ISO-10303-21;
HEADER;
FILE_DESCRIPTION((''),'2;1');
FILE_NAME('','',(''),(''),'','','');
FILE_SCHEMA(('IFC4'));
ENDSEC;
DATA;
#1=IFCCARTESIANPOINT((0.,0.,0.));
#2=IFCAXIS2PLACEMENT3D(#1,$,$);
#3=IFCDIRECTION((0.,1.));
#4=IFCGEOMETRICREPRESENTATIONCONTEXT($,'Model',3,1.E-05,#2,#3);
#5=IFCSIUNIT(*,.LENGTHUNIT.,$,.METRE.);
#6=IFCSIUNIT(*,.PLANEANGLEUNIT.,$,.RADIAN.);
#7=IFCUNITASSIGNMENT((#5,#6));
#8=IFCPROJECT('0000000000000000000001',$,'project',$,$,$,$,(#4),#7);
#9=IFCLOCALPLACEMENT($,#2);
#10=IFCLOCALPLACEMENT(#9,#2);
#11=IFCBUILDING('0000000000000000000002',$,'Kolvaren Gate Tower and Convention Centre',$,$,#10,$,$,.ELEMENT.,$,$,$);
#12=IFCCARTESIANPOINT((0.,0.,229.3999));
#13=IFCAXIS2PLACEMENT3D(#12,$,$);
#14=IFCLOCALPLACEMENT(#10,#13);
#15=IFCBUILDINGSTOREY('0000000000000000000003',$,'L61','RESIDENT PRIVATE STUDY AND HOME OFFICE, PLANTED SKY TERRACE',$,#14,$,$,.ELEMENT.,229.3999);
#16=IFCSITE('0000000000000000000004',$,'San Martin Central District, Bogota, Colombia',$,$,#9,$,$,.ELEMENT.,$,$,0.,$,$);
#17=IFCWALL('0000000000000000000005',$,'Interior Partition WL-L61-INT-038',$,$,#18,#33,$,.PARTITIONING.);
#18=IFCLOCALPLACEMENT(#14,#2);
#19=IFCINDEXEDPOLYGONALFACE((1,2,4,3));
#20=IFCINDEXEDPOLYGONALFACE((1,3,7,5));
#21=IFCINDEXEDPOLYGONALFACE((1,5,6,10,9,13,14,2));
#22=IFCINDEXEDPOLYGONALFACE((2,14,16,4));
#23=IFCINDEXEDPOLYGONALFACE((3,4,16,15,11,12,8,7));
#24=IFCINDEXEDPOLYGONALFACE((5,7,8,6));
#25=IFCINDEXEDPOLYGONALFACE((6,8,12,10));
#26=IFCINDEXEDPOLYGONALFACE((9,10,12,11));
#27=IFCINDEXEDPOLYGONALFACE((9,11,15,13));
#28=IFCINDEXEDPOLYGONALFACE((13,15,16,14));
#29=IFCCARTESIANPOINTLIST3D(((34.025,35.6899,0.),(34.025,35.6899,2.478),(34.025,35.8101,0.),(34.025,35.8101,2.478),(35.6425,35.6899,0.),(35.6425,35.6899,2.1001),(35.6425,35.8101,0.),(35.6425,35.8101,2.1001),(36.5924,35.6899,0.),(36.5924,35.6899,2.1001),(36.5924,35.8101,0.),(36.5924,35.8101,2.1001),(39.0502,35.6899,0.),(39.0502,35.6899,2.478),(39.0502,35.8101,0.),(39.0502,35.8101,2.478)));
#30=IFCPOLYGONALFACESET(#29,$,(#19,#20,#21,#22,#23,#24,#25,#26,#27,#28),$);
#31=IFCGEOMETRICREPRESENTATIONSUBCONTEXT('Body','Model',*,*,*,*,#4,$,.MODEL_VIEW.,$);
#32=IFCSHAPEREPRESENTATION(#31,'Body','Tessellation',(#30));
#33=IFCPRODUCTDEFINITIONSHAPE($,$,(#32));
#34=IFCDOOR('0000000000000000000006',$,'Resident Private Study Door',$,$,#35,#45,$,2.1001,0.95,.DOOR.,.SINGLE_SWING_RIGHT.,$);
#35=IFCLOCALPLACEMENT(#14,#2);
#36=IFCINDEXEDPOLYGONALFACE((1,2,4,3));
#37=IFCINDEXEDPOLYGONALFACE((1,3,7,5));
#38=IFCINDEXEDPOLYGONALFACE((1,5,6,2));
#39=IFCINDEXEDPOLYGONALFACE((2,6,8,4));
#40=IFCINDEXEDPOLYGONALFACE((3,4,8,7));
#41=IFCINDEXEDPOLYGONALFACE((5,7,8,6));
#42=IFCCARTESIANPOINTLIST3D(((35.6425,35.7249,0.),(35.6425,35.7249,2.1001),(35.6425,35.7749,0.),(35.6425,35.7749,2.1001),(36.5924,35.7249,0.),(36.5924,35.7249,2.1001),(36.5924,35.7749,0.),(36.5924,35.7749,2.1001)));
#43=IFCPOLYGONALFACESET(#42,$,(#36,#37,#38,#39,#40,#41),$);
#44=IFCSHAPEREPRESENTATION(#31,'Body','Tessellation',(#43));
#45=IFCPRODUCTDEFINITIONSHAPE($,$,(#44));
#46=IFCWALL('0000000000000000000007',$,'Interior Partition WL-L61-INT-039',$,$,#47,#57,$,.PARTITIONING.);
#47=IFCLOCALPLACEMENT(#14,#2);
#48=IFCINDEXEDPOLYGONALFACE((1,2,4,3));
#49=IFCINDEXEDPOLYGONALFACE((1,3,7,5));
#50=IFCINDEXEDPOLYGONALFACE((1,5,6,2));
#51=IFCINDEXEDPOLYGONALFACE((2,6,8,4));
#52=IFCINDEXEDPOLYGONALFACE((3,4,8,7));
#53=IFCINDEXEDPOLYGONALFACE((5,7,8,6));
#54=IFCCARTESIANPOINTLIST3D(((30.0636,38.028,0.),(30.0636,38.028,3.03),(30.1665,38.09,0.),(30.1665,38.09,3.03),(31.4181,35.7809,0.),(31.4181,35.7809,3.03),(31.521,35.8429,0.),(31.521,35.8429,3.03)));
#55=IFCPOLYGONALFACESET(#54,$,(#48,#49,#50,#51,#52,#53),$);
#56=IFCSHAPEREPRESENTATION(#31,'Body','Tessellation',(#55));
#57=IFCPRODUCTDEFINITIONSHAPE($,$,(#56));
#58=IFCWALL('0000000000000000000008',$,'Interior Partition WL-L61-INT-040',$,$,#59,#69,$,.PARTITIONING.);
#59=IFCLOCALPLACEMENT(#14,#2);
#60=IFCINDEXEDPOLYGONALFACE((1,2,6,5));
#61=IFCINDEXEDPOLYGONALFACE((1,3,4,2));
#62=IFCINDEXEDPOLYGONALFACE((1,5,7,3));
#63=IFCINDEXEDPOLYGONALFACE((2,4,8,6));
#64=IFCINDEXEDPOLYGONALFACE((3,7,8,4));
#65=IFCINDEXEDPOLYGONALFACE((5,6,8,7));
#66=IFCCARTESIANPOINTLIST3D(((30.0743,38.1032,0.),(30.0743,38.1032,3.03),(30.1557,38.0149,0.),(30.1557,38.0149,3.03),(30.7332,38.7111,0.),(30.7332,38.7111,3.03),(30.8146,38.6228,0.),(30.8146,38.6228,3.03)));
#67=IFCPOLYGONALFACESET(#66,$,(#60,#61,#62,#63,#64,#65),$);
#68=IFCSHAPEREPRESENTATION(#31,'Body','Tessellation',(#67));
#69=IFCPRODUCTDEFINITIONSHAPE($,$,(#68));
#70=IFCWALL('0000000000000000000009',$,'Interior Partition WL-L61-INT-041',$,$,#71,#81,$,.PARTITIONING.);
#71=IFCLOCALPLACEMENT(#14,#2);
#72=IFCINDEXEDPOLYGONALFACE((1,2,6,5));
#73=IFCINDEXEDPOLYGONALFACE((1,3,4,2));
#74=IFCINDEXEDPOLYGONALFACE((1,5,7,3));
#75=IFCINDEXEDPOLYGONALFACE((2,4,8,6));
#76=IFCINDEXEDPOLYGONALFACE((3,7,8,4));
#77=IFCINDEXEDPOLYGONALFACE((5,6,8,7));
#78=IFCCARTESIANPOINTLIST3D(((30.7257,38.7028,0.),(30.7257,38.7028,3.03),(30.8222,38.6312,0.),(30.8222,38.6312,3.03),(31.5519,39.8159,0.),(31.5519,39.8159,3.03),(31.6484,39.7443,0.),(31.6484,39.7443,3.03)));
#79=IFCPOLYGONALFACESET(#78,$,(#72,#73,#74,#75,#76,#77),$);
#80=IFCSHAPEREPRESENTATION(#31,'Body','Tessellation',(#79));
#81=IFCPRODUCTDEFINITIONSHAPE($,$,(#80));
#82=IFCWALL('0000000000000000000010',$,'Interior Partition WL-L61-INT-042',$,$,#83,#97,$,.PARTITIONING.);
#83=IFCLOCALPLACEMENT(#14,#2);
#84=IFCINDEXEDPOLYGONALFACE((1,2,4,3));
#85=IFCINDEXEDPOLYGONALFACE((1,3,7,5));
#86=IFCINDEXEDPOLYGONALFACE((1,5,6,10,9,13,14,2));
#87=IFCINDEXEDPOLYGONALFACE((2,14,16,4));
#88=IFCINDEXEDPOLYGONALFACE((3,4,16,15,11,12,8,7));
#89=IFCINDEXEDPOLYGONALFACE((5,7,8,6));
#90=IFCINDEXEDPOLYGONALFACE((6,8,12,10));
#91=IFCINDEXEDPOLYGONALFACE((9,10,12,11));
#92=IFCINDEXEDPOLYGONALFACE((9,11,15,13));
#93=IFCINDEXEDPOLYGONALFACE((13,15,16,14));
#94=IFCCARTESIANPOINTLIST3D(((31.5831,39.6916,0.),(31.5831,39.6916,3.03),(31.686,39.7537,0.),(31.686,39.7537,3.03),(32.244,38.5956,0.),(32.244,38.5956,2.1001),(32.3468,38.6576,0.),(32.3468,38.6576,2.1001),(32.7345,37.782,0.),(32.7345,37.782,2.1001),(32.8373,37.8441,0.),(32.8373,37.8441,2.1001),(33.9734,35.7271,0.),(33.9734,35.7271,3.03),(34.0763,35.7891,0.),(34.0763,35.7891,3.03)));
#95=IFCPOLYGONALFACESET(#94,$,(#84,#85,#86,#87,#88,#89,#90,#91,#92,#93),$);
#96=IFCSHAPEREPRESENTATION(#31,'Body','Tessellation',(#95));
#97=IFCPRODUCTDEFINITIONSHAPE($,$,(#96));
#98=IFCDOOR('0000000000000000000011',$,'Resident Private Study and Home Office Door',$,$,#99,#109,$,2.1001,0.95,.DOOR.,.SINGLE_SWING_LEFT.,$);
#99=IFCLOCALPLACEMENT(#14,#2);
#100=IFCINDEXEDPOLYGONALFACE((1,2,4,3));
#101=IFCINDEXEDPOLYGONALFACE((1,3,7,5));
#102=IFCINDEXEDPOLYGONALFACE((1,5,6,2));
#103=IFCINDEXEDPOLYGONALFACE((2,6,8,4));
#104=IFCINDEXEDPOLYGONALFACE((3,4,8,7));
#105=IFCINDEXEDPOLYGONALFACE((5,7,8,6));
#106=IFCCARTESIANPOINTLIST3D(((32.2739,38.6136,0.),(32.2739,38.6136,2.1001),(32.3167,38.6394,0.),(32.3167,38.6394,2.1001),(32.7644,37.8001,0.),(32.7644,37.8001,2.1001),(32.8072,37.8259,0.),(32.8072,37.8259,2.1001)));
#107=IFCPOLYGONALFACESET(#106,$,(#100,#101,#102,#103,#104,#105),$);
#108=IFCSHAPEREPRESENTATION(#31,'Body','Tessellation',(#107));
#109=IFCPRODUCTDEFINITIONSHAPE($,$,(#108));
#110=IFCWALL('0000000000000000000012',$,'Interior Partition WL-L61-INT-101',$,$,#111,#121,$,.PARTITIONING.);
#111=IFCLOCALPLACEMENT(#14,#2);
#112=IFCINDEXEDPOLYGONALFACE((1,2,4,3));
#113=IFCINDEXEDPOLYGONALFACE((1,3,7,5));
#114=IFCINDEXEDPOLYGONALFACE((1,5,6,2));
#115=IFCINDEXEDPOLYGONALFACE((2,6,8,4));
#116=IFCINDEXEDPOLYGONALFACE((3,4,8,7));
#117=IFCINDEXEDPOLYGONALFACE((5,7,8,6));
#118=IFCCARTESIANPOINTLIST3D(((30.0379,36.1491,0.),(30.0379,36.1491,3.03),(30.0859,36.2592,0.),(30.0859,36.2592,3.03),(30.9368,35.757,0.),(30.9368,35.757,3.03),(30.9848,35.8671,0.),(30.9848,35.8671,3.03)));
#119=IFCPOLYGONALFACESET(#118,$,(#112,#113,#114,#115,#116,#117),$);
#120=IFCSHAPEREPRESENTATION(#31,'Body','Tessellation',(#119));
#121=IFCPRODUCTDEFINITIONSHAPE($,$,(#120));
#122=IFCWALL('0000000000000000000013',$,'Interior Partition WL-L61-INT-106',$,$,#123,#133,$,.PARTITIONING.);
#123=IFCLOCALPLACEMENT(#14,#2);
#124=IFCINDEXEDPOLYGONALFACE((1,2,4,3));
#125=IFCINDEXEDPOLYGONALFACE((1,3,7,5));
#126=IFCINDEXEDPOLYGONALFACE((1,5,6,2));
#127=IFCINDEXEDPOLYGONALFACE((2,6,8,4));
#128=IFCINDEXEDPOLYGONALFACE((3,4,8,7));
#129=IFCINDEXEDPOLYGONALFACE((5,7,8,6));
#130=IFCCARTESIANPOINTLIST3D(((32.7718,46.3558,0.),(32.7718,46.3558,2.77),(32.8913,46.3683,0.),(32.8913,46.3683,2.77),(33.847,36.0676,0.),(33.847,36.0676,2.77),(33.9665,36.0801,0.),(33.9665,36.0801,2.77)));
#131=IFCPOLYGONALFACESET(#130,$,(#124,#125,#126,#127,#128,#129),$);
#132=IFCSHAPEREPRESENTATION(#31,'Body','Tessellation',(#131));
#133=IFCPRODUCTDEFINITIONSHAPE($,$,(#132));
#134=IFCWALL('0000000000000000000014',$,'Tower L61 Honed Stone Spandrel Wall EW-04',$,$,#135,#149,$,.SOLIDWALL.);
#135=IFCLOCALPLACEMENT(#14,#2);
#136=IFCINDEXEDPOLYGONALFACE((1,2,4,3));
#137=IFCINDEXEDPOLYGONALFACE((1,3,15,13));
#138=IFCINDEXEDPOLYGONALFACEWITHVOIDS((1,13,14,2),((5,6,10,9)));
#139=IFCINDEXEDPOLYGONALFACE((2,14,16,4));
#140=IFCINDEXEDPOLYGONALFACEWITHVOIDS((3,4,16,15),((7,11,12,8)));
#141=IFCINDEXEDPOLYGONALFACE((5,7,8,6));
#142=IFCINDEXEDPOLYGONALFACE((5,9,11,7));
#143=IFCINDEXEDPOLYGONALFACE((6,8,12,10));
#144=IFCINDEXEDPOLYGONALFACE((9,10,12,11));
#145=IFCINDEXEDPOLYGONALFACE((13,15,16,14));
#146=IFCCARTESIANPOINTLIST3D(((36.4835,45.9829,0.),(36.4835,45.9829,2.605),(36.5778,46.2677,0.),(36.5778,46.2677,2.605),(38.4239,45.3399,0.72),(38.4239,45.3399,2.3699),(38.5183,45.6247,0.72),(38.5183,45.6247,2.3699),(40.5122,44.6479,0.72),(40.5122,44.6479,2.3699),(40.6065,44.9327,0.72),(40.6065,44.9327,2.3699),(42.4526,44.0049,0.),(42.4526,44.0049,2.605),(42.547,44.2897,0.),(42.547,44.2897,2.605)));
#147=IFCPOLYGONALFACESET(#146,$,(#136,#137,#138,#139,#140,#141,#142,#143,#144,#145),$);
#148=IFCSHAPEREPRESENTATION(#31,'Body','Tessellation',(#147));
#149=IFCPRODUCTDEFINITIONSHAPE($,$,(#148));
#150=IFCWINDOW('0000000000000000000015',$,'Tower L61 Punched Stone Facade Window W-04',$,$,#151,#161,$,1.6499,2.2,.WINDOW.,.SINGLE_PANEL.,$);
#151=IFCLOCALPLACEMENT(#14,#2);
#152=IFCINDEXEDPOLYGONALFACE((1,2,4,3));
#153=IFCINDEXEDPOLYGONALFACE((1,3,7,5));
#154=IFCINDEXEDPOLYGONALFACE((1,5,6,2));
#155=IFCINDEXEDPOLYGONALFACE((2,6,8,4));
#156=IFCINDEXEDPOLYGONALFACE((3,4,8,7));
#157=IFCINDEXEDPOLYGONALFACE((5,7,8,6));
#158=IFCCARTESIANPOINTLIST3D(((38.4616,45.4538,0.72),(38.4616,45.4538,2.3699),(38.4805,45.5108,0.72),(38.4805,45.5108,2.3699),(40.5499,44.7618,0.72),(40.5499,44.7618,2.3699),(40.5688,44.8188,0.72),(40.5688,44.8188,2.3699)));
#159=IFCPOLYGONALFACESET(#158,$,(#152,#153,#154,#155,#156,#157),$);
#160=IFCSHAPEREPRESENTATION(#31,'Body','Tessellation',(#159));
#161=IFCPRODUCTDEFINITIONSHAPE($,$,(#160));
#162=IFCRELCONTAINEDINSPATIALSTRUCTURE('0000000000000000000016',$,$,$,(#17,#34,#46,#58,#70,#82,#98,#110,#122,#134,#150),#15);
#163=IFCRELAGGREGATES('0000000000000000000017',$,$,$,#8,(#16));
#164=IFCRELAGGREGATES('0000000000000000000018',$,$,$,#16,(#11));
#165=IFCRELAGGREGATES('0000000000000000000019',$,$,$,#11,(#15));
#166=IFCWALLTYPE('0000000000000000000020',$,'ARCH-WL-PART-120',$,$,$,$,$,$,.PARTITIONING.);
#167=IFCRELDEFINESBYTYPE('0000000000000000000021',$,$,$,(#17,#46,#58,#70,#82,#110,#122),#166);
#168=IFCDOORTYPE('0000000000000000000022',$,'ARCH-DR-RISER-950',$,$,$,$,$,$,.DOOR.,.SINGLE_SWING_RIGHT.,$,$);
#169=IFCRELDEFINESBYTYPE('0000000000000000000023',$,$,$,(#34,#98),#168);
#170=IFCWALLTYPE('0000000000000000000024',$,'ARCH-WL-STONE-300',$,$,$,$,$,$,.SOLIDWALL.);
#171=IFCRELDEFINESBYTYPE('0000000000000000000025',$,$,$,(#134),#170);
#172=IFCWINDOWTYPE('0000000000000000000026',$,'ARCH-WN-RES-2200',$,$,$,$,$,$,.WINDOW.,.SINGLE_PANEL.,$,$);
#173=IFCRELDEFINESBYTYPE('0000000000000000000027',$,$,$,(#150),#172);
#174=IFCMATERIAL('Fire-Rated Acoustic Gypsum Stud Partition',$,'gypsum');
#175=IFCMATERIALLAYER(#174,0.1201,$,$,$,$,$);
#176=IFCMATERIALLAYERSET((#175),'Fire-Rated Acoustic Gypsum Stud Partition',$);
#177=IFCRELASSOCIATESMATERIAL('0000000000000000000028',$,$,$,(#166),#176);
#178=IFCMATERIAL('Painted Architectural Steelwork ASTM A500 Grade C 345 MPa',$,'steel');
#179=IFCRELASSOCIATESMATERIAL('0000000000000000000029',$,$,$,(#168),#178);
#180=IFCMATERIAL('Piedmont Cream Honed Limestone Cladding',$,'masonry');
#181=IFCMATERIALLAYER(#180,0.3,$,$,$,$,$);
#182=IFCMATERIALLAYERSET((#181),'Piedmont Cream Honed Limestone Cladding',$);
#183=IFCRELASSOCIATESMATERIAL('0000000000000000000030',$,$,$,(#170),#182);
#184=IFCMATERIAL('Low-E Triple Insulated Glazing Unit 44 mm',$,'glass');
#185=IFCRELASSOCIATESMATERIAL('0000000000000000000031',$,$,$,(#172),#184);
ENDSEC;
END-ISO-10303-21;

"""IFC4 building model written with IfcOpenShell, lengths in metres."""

from ifc_helpers import new_model, si_unit, direction, frame, frame_2d, origin, place, context, subcontext, project, spatial, rectangle, extrude, material, layer, layer_set, type_object, element, fill, save


model = new_model("IFC4")

# Units and contexts
model_context = context("Model", 3, precision=1e-05, world=origin(), true_north=direction((0.0, 1.0)))
body_context = subcontext(model_context, "Body", "Model", "MODEL_VIEW")
ifc_project = project(units=[si_unit("LENGTHUNIT", "METRE"), si_unit("PLANEANGLEUNIT", "RADIAN")], contexts=[model_context])

# Site, building, storey
site_placement = place(None, origin())
site = spatial("IfcSite", under=ifc_project, at=site_placement, Name="San Martin Central District, Bogota, Colombia", CompositionType="ELEMENT", RefElevation=0.0)
building_placement = place(site_placement, origin())
building = spatial("IfcBuilding", under=site, at=building_placement, Name="Kolvaren Gate Tower and Convention Centre", CompositionType="ELEMENT")
storey_placement = place(building_placement, frame((0.0, 0.0, 229.3999)))
storey = spatial("IfcBuildingStorey", under=building, at=storey_placement, Name="L61", Description="RESIDENT PRIVATE STUDY AND HOME OFFICE, PLANTED SKY TERRACE", CompositionType="ELEMENT", Elevation=229.3999)

# Wall, opening, door
ifc_material_1 = material(Name="Fire-Rated Acoustic Gypsum Stud Partition", Category="gypsum")
ifc_layer_1 = layer(ifc_material_1, 0.1201)
ifc_layer_set_1 = layer_set([ifc_layer_1], Name="Fire-Rated Acoustic Gypsum Stud Partition")
wall_type_1 = type_object("IfcWallType", Name="ARCH-WL-PART-120", PredefinedType="PARTITIONING", material=ifc_layer_set_1)
wall_1_placement = place(storey_placement, frame((34.0249, 35.75, 0.0), z_axis=(0.0, 0.0, 1.0), x_axis=(1.0, 0.0, 0.0)))
wall_1 = element("IfcWall", 1, at=wall_1_placement, inside=storey, type_object=wall_type_1, Name="Interior Partition WL-L61-INT-038", PredefinedType="PARTITIONING", context=body_context, shape_type="SweptSolid", body=[
    extrude(rectangle(XDim=5.0251, YDim=0.1201, at=frame_2d((2.5127, 0.0))), origin(), (0.0, 0.0, 1.0), 2.478),
])
opening_1_placement = place(wall_1_placement, frame((1.6174, 0.0, 0.0)))
opening_1 = element("IfcOpeningElement", 2, at=opening_1_placement, cuts=wall_1, PredefinedType="OPENING", context=body_context, shape_type="SweptSolid", body=[
    extrude(rectangle(XDim=0.95, YDim=2.1001, at=frame_2d((0.4751, 1.05))), frame((0.0, 0.0701, 0.0), z_axis=(0.0, -1.0, 0.0), x_axis=(1.0, 0.0, 0.0)), (0.0, 0.0, 1.0), 0.1401),
])
ifc_material_2 = material(Name="Painted Architectural Steelwork ASTM A500 Grade C 345 MPa", Category="steel")
door_type = type_object("IfcDoorType", Name="ARCH-DR-RISER-950", OperationType="SINGLE_SWING_RIGHT", PredefinedType="DOOR", material=ifc_material_2)
door_1_placement = place(opening_1_placement, origin())
door_1 = element("IfcDoor", 3, at=door_1_placement, inside=storey, type_object=door_type, Name="Resident Private Study Door", OperationType="SINGLE_SWING_RIGHT", OverallHeight=2.1001, OverallWidth=0.95, PredefinedType="DOOR", context=body_context, shape_type="SweptSolid", body=[
    extrude(rectangle(XDim=0.95, YDim=2.1001, at=frame_2d((0.4751, 1.05))), frame((0.0, 0.0249, 0.0), z_axis=(0.0, -1.0, 0.0), x_axis=(1.0, 0.0, 0.0)), (0.0, 0.0, 1.0), 0.05),
])
fill(opening_1, door_1)

# Walls
wall_2_placement = place(storey_placement, frame((30.115, 38.0591, 0.0), z_axis=(0.0, 0.0, 1.0), x_axis=(0.516246, -0.85644, 0.0)))
element("IfcWall", 4, at=wall_2_placement, inside=storey, type_object=wall_type_1, Name="Interior Partition WL-L61-INT-039", PredefinedType="PARTITIONING", context=body_context, shape_type="SweptSolid", body=[
    extrude(rectangle(XDim=2.6238, YDim=0.1201, at=frame_2d((1.312, 0.0))), origin(), (0.0, 0.0, 1.0), 3.03),
])
wall_3_placement = place(storey_placement, frame((30.115, 38.0591, 0.0), z_axis=(0.0, 0.0, 1.0), x_axis=(0.734991, 0.678076, 0.0)))
element("IfcWall", 5, at=wall_3_placement, inside=storey, type_object=wall_type_1, Name="Interior Partition WL-L61-INT-040", PredefinedType="PARTITIONING", context=body_context, shape_type="SweptSolid", body=[
    extrude(rectangle(XDim=0.8965, YDim=0.1201, at=frame_2d((0.4482, 0.0))), origin(), (0.0, 0.0, 1.0), 3.03),
])
wall_4_placement = place(storey_placement, frame((30.7739, 38.667, 0.0), z_axis=(0.0, 0.0, 1.0), x_axis=(0.596019, 0.80297, 0.0)))
element("IfcWall", 6, at=wall_4_placement, inside=storey, type_object=wall_type_1, Name="Interior Partition WL-L61-INT-041", PredefinedType="PARTITIONING", context=body_context, shape_type="SweptSolid", body=[
    extrude(rectangle(XDim=1.3862, YDim=0.1201, at=frame_2d((0.6931, 0.0))), origin(), (0.0, 0.0, 1.0), 3.03),
])

# Wall, opening, door
wall_5_placement = place(storey_placement, frame((31.6345, 39.7227, 0.0), z_axis=(0.0, 0.0, 1.0), x_axis=(0.51634, -0.856383, 0.0)))
wall_5 = element("IfcWall", 7, at=wall_5_placement, inside=storey, type_object=wall_type_1, Name="Interior Partition WL-L61-INT-042", PredefinedType="PARTITIONING", context=body_context, shape_type="SweptSolid", body=[
    extrude(rectangle(XDim=4.6294, YDim=0.1201, at=frame_2d((2.3147, 0.0))), origin(), (0.0, 0.0, 1.0), 3.03),
])
opening_2_placement = place(wall_5_placement, frame((1.2798, 0.0, 0.0)))
opening_2 = element("IfcOpeningElement", 8, at=opening_2_placement, cuts=wall_5, PredefinedType="OPENING", context=body_context, shape_type="SweptSolid", body=[
    extrude(rectangle(XDim=0.95, YDim=2.1001, at=frame_2d((0.4751, 1.05))), frame((0.0, 0.0701, 0.0), z_axis=(0.0, -1.0, 0.0), x_axis=(1.0, 0.0, 0.0)), (0.0, 0.0, 1.0), 0.1401),
])
door_2_placement = place(opening_2_placement, origin())
door_2 = element("IfcDoor", 9, at=door_2_placement, inside=storey, type_object=door_type, Name="Resident Private Study and Home Office Door", OperationType="SINGLE_SWING_LEFT", OverallHeight=2.1001, OverallWidth=0.95, PredefinedType="DOOR", context=body_context, shape_type="SweptSolid", body=[
    extrude(rectangle(XDim=0.95, YDim=2.1001, at=frame_2d((0.4751, 1.05))), frame((0.0, 0.0249, 0.0), z_axis=(0.0, -1.0, 0.0), x_axis=(1.0, 0.0, 0.0)), (0.0, 0.0, 1.0), 0.05),
])
fill(opening_2, door_2)

# Walls
wall_6_placement = place(storey_placement, frame((30.062, 36.2041, 0.0), z_axis=(0.0, 0.0, 1.0), x_axis=(0.916602, -0.3998, 0.0)))
element("IfcWall", 10, at=wall_6_placement, inside=storey, type_object=wall_type_1, Name="Interior Partition WL-L61-INT-101", PredefinedType="PARTITIONING", context=body_context, shape_type="SweptSolid", body=[
    extrude(rectangle(XDim=0.9807, YDim=0.1201, at=frame_2d((0.4902, 0.0))), origin(), (0.0, 0.0, 1.0), 3.03),
])
wall_7_placement = place(storey_placement, frame((32.8315, 46.3621, 0.0), z_axis=(0.0, 0.0, 1.0), x_axis=(0.103943, -0.994583, 0.0)))
element("IfcWall", 11, at=wall_7_placement, inside=storey, type_object=wall_type_1, Name="Interior Partition WL-L61-INT-106", PredefinedType="PARTITIONING", context=body_context, shape_type="SweptSolid", body=[
    extrude(rectangle(XDim=10.3442, YDim=0.1201, at=frame_2d((5.1721, 0.0))), origin(), (0.0, 0.0, 1.0), 2.77),
])

# Wall, opening, window
ifc_material_3 = material(Name="Piedmont Cream Honed Limestone Cladding", Category="masonry")
ifc_layer_2 = layer(ifc_material_3, 0.3)
ifc_layer_set_2 = layer_set([ifc_layer_2], Name="Piedmont Cream Honed Limestone Cladding")
wall_type_2 = type_object("IfcWallType", Name="ARCH-WL-STONE-300", PredefinedType="SOLIDWALL", material=ifc_layer_set_2)
wall_8_placement = place(storey_placement, frame((36.5308, 46.1252, 0.0), z_axis=(0.0, 0.0, 1.0), x_axis=(0.949241, -0.31455, 0.0)))
wall_8 = element("IfcWall", 12, at=wall_8_placement, inside=storey, type_object=wall_type_2, Name="Tower L61 Honed Stone Spandrel Wall EW-04", PredefinedType="SOLIDWALL", context=body_context, shape_type="SweptSolid", body=[
    extrude(rectangle(XDim=6.2883, YDim=0.3, at=frame_2d((3.144, 0.0))), origin(), (0.0, 0.0, 1.0), 2.605),
])
opening_3_placement = place(wall_8_placement, frame((2.0439, 0.0, 0.72)))
opening_3 = element("IfcOpeningElement", 13, at=opening_3_placement, cuts=wall_8, PredefinedType="OPENING", context=body_context, shape_type="SweptSolid", body=[
    extrude(rectangle(XDim=2.2, YDim=1.6499, at=frame_2d((1.1001, 0.825))), frame((0.0, 0.1599, 0.0), z_axis=(0.0, -1.0, 0.0), x_axis=(1.0, 0.0, 0.0)), (0.0, 0.0, 1.0), 0.3201),
])
ifc_material_4 = material(Name="Low-E Triple Insulated Glazing Unit 44 mm", Category="glass")
window_type = type_object("IfcWindowType", Name="ARCH-WN-RES-2200", PartitioningType="SINGLE_PANEL", PredefinedType="WINDOW", material=ifc_material_4)
window_1_placement = place(opening_3_placement, origin())
window_1 = element("IfcWindow", 14, at=window_1_placement, inside=storey, type_object=window_type, Name="Tower L61 Punched Stone Facade Window W-04", OverallHeight=1.6499, OverallWidth=2.2, PartitioningType="SINGLE_PANEL", PredefinedType="WINDOW", context=body_context, shape_type="SweptSolid", body=[
    extrude(rectangle(XDim=2.2, YDim=1.6499, at=frame_2d((1.1001, 0.825))), frame((0.0, 0.03, 0.0), z_axis=(0.0, -1.0, 0.0), x_axis=(1.0, 0.0, 0.0)), (0.0, 0.0, 1.0), 0.0601),
])
fill(opening_3, window_1)

save(model, "model.ifc")
